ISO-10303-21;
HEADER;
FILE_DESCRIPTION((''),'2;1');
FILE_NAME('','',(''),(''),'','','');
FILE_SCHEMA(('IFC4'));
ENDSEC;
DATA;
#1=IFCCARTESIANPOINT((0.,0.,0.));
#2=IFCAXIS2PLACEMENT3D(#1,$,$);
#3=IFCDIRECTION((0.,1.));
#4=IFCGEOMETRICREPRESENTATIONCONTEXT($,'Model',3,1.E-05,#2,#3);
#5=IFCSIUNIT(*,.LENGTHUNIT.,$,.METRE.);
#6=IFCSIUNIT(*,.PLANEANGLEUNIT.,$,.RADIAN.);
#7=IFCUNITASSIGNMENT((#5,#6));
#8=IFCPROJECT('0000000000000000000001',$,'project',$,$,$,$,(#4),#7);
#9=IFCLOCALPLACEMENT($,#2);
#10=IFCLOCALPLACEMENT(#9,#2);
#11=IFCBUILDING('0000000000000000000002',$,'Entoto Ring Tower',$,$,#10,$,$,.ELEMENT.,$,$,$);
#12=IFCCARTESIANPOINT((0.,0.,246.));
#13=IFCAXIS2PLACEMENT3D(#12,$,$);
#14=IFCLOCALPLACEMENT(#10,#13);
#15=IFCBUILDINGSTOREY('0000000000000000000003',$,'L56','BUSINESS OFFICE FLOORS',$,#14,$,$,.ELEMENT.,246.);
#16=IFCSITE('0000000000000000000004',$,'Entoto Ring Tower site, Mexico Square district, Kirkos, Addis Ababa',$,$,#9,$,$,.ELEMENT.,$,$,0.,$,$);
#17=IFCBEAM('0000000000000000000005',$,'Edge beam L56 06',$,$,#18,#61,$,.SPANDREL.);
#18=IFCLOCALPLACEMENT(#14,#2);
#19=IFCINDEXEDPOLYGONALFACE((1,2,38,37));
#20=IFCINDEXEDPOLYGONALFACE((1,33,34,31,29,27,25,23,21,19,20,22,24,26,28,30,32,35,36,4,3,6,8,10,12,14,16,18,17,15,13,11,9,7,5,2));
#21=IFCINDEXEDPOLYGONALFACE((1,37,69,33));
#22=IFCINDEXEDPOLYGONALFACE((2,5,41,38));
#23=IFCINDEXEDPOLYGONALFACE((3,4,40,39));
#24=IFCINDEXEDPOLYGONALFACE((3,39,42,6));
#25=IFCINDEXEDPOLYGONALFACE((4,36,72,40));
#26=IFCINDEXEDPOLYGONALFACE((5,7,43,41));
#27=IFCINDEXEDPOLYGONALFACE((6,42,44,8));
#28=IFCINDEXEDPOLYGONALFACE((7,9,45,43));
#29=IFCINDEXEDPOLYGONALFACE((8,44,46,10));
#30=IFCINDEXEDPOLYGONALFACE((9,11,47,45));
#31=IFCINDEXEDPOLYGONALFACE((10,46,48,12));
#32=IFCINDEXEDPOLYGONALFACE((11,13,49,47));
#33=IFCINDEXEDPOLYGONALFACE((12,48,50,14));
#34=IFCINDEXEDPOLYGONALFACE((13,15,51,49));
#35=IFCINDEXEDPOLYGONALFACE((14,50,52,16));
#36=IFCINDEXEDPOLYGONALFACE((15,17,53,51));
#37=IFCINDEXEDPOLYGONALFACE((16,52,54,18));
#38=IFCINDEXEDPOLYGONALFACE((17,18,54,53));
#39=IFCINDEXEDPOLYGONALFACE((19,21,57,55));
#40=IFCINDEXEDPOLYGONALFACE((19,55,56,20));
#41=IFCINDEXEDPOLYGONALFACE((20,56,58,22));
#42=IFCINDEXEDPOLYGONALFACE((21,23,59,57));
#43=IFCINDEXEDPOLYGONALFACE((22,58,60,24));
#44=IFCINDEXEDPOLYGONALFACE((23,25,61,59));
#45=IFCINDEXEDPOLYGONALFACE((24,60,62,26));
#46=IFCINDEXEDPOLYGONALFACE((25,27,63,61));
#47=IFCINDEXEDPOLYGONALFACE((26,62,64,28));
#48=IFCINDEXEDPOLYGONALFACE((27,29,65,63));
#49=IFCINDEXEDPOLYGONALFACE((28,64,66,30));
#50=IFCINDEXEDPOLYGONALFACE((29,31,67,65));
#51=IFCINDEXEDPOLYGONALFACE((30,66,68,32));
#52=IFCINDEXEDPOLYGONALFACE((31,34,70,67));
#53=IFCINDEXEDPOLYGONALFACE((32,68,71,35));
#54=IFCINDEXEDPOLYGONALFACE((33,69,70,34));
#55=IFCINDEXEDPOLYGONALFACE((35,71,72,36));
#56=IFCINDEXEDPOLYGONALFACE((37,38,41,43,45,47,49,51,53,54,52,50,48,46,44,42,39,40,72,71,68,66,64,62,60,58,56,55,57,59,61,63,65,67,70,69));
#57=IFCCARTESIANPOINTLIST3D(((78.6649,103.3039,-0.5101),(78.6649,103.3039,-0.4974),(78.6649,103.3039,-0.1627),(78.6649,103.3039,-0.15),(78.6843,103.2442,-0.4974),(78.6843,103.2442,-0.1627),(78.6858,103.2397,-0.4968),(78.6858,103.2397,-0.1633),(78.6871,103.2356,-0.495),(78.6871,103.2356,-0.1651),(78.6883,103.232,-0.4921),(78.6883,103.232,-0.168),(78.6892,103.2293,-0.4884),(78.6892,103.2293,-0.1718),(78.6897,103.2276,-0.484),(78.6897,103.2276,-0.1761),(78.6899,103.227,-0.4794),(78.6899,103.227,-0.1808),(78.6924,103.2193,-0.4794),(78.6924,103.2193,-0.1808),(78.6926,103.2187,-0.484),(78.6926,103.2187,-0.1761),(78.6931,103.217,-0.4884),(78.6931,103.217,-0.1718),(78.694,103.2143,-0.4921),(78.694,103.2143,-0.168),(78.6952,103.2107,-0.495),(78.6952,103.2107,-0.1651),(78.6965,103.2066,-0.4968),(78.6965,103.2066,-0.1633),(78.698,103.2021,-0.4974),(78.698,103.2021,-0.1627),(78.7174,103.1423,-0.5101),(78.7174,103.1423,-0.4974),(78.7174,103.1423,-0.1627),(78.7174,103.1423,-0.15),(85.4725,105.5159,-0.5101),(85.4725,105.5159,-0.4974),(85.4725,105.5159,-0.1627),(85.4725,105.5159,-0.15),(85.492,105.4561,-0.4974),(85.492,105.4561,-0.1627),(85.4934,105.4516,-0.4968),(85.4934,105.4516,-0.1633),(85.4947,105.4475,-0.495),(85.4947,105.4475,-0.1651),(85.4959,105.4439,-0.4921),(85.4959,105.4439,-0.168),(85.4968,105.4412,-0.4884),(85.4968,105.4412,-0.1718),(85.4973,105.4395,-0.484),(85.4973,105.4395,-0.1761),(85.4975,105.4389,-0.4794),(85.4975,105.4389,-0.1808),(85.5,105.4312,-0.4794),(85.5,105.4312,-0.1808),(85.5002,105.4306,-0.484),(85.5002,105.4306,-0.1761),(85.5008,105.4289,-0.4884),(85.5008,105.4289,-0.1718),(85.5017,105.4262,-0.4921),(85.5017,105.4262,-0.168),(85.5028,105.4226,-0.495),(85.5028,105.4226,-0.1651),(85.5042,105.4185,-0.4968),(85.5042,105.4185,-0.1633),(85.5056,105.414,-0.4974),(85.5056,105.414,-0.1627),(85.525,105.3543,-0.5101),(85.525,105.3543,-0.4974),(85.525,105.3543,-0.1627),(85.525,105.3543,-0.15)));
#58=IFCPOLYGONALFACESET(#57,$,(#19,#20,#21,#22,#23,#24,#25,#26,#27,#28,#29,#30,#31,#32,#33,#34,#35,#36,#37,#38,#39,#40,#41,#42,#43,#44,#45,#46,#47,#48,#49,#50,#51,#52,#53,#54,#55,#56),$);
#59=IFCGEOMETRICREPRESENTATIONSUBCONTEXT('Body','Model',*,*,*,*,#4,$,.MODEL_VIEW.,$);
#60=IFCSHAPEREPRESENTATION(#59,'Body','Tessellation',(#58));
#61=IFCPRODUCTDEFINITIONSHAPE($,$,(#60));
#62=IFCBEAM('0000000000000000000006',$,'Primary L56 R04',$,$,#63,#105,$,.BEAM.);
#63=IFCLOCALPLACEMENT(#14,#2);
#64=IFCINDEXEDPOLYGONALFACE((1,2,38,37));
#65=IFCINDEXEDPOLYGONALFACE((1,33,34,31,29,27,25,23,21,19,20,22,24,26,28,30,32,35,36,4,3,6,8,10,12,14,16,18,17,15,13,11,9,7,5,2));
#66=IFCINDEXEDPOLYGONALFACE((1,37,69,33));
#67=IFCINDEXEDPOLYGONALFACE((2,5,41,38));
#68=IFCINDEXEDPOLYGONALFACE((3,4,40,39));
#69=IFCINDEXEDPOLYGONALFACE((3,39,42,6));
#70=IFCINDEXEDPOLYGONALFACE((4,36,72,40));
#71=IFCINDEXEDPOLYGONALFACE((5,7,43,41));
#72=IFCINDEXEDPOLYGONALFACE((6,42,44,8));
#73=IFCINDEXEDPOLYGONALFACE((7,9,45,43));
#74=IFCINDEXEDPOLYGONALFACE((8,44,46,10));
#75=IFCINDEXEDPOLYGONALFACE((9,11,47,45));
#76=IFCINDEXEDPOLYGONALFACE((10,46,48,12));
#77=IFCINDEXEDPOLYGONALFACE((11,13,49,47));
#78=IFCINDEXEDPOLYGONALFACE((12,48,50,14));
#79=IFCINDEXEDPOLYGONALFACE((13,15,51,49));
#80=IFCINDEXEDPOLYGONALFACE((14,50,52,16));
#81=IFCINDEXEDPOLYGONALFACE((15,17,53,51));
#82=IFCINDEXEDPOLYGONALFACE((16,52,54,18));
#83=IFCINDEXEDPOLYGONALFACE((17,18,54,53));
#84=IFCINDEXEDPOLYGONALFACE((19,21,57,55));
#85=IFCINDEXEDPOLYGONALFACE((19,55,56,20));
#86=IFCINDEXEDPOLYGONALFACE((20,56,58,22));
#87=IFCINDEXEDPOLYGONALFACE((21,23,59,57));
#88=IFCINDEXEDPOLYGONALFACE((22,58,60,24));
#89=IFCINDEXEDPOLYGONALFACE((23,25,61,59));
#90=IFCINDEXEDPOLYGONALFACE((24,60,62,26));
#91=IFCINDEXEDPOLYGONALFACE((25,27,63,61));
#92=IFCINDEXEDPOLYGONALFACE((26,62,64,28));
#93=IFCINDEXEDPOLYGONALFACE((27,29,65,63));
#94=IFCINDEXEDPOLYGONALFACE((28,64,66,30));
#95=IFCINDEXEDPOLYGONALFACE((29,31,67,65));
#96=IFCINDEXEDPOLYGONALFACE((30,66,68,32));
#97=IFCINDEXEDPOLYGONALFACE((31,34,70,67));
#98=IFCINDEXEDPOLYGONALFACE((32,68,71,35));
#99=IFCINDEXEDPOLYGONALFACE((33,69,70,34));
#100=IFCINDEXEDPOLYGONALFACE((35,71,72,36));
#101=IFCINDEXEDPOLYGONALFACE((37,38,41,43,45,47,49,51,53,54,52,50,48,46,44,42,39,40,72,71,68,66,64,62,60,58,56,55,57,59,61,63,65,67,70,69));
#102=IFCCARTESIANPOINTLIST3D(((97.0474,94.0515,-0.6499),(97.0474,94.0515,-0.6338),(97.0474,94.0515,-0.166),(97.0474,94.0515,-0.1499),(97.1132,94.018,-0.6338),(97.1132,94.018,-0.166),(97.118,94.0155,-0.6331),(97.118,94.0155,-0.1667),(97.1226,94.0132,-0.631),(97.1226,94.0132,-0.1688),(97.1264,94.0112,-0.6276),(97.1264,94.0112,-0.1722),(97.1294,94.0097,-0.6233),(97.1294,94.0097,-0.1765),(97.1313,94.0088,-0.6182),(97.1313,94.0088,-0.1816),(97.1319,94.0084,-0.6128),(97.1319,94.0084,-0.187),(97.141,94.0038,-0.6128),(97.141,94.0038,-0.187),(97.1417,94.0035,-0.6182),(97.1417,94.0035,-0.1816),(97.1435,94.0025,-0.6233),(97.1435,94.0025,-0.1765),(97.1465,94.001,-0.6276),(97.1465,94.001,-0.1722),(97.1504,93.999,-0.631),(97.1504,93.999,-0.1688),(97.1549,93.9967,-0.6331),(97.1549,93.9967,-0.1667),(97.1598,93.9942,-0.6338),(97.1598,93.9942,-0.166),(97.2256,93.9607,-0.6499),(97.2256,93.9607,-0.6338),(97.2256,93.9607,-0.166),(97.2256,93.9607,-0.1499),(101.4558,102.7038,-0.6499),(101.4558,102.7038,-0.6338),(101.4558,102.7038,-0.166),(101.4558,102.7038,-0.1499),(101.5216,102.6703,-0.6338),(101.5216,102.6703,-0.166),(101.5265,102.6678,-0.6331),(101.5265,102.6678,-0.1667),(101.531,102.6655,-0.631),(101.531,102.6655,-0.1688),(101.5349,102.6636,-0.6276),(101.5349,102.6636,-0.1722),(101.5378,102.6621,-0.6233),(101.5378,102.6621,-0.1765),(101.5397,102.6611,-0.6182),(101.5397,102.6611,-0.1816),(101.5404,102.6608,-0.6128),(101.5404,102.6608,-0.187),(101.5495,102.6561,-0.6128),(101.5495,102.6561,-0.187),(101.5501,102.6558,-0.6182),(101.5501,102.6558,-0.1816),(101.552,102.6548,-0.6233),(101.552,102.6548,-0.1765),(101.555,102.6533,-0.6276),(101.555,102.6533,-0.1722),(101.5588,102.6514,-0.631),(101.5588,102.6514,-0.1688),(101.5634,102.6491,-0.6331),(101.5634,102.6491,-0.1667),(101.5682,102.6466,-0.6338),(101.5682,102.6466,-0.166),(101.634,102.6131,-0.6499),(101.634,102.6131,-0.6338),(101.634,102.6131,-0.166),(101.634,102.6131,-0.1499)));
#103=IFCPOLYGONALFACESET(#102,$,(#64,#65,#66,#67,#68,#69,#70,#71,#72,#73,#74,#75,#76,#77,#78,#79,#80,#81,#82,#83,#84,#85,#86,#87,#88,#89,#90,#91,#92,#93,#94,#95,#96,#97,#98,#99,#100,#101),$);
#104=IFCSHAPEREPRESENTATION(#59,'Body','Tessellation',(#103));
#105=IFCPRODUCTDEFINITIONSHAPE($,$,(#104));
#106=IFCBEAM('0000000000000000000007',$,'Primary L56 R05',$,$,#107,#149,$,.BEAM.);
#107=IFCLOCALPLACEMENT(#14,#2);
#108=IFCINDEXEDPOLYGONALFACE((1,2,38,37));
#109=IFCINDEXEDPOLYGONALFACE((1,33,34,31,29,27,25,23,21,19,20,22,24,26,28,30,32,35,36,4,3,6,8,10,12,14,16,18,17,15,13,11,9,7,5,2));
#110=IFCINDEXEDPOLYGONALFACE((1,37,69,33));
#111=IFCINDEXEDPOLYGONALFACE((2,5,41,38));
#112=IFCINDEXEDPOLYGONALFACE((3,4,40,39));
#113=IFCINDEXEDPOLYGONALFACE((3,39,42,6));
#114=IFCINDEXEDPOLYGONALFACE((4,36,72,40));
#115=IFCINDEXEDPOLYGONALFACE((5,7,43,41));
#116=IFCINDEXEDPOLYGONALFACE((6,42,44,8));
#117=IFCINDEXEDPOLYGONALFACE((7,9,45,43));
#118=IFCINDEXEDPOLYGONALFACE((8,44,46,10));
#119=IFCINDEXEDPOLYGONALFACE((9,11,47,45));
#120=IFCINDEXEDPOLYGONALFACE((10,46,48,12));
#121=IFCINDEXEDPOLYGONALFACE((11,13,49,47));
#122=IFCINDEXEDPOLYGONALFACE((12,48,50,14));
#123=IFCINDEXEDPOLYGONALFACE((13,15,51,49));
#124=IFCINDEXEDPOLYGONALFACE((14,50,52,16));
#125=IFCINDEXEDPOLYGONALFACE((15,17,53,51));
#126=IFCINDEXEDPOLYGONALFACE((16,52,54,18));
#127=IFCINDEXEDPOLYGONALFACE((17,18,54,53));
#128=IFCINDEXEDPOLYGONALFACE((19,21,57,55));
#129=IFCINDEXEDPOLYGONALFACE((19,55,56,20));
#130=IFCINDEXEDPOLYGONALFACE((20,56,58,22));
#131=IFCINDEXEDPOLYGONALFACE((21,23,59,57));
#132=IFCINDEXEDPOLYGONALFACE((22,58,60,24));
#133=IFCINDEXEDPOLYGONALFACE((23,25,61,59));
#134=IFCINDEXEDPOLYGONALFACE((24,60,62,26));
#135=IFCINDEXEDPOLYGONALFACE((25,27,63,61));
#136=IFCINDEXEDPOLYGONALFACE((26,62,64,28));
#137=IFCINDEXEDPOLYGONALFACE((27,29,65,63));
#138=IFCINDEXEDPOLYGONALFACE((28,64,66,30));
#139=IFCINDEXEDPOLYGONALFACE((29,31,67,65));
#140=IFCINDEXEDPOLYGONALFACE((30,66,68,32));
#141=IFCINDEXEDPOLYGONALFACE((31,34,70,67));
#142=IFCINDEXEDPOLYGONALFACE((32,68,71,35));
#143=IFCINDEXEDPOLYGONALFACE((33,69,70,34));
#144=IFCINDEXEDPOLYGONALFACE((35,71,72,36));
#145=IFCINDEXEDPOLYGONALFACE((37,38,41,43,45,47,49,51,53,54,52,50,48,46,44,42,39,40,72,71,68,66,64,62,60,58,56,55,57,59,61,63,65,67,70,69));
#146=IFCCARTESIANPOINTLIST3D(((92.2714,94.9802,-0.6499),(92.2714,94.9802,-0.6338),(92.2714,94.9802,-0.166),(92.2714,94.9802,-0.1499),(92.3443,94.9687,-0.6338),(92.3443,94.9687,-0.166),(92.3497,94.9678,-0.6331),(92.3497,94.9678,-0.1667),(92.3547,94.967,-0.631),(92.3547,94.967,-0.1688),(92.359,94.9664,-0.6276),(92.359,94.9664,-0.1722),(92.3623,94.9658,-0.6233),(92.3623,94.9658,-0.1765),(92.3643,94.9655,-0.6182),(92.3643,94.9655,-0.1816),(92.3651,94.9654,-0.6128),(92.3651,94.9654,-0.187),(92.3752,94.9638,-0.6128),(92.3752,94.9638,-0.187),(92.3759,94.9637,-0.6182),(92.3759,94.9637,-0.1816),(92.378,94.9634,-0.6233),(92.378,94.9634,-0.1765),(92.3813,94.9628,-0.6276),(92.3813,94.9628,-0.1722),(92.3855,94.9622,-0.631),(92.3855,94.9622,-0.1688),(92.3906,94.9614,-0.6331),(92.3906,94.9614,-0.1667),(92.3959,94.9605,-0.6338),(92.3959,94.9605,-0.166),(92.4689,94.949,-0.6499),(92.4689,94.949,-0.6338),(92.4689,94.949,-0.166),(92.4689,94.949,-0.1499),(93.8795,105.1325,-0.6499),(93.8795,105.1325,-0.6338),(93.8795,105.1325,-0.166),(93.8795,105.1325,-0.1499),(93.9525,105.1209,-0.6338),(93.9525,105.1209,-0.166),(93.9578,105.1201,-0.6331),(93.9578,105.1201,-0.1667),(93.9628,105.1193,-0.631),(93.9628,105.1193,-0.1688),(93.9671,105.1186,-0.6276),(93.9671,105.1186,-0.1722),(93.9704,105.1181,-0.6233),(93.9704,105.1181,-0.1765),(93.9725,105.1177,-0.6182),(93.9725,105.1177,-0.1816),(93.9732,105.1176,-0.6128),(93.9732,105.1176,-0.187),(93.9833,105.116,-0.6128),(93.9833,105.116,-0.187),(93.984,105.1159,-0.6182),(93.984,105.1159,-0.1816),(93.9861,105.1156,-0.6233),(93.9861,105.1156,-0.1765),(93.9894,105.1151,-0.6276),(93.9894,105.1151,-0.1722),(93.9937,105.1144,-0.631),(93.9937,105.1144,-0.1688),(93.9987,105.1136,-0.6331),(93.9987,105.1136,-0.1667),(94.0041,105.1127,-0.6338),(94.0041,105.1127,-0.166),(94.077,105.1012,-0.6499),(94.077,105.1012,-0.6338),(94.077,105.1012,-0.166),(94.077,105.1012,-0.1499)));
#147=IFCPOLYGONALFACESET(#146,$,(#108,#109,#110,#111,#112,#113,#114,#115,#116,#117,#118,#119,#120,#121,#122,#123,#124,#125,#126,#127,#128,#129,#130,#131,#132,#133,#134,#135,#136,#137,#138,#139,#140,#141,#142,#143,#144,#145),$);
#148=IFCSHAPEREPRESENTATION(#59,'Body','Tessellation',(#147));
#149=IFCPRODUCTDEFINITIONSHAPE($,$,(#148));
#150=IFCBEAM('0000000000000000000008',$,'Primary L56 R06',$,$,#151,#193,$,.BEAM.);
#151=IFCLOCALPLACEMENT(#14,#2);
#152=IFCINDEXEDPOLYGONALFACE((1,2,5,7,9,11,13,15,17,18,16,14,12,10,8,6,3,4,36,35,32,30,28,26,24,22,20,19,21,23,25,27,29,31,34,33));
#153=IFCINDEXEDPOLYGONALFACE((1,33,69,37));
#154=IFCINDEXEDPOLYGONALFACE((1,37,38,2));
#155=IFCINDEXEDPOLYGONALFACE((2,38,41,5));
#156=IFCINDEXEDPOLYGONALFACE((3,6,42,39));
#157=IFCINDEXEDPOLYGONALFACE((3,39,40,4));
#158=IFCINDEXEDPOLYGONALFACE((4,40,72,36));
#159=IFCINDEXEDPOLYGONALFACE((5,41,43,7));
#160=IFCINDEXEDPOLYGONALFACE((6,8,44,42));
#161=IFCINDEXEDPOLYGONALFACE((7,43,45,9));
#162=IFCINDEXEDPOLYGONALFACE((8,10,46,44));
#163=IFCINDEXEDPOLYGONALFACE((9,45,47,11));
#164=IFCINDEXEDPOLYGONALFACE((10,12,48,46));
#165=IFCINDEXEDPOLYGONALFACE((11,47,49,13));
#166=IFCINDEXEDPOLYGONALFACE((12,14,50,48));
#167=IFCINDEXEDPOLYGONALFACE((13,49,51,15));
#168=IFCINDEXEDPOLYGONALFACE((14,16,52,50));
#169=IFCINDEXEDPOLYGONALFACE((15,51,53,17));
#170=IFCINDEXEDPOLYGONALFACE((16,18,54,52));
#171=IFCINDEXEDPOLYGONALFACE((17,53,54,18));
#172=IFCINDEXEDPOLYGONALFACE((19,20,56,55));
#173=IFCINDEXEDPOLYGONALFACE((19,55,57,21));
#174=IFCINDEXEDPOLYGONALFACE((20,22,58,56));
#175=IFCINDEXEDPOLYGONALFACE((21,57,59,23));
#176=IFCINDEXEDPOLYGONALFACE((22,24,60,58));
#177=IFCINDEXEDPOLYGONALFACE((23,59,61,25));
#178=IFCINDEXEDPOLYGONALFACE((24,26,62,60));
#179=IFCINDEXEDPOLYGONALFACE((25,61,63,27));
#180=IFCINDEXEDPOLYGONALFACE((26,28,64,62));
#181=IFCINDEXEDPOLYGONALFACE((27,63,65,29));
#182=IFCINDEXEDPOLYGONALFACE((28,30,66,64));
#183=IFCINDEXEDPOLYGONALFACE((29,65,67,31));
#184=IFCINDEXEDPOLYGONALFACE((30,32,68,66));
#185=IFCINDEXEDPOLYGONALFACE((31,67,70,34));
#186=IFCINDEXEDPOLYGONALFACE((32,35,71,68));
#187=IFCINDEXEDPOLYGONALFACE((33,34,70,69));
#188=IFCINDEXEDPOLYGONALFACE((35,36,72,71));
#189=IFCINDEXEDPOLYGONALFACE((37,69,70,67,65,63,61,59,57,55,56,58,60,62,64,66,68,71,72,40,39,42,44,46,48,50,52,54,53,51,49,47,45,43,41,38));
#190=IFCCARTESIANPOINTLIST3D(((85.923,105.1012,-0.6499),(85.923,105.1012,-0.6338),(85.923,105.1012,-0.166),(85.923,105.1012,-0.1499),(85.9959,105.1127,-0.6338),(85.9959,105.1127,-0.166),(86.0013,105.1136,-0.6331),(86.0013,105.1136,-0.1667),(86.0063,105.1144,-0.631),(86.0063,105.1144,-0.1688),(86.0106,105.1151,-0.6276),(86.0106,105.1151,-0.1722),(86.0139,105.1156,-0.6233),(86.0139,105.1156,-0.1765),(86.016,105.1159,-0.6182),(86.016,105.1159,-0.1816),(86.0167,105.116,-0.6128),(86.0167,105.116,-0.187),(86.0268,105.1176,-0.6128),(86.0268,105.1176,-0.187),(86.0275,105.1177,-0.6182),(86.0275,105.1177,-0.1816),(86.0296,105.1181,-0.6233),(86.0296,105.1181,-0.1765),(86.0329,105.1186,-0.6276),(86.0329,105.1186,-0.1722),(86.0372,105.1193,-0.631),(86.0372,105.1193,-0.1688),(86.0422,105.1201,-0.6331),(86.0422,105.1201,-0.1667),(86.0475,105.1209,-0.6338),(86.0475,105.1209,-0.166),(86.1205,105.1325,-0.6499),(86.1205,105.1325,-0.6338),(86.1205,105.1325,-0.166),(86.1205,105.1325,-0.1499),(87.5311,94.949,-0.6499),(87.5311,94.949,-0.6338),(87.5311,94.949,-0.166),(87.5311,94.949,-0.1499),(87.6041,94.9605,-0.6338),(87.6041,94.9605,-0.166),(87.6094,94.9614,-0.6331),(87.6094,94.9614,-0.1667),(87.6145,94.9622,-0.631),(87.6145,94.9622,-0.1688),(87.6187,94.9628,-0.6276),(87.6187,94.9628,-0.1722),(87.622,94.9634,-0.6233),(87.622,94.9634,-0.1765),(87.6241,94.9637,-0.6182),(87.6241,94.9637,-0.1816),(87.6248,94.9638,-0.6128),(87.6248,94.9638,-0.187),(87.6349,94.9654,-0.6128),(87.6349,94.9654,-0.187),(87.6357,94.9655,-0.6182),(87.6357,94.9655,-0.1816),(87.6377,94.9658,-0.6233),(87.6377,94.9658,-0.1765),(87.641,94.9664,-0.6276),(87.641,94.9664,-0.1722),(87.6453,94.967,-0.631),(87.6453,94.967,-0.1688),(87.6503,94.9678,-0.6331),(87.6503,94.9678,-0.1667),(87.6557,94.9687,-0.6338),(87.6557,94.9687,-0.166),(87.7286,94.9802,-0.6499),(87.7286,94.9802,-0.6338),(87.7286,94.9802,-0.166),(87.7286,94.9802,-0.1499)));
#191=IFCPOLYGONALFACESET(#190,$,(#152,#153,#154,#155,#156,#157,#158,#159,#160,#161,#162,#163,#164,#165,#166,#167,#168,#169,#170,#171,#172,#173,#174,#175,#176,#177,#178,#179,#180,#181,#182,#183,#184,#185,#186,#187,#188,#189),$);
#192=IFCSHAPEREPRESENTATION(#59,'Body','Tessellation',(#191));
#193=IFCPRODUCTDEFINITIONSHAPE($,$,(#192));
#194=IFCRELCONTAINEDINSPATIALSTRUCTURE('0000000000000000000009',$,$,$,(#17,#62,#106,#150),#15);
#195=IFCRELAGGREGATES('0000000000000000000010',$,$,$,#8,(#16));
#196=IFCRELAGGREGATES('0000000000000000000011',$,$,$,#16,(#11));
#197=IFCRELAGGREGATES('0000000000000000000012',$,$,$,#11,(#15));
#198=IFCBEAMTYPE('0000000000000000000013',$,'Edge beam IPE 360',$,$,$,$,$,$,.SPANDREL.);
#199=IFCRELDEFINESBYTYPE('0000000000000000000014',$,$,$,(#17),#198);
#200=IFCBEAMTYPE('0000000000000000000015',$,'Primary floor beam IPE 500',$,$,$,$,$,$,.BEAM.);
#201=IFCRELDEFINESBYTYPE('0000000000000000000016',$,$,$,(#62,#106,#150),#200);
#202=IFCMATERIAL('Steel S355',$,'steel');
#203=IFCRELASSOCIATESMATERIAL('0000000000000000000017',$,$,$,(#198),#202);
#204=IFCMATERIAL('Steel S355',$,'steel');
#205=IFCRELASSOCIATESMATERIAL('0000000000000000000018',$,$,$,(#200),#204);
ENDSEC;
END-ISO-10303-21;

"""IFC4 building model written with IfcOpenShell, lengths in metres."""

from ifc_helpers import new_model, si_unit, direction, frame, origin, origin_2d, place, context, subcontext, project, spatial, i_section, extrude, material, material_profile, profile_set, type_object, element, save


model = new_model("IFC4")

# Units and contexts
model_context = context("Model", 3, precision=1e-05, world=origin(), true_north=direction((0.0, 1.0)))
body_context = subcontext(model_context, "Body", "Model", "MODEL_VIEW")
ifc_project = project(units=[si_unit("LENGTHUNIT", "METRE"), si_unit("PLANEANGLEUNIT", "RADIAN")], contexts=[model_context])

# Site, building, storey
site_placement = place(None, origin())
site = spatial("IfcSite", under=ifc_project, at=site_placement, Name="Entoto Ring Tower site, Mexico Square district, Kirkos, Addis Ababa", CompositionType="ELEMENT", RefElevation=0.0)
building_placement = place(site_placement, origin())
building = spatial("IfcBuilding", under=site, at=building_placement, Name="Entoto Ring Tower", CompositionType="ELEMENT")
storey_placement = place(building_placement, frame((0.0, 0.0, 246.0)))
storey = spatial("IfcBuildingStorey", under=building, at=storey_placement, Name="L56", Description="BUSINESS OFFICE FLOORS", CompositionType="ELEMENT", Elevation=246.0)

# Beams
ifc_material_1 = material(Name="Steel S355", Category="steel")
ifc_material_profile_1 = material_profile(ifc_material_1, i_section(OverallWidth=0.1699, OverallDepth=0.3601, WebThickness=0.0081, FlangeThickness=0.0127, FilletRadius=0.0181, at=origin_2d()), Name="IPE 360")
ifc_profile_set_1 = profile_set([ifc_material_profile_1], Name="Steel S355")
beam_type_1 = type_object("IfcBeamType", Name="Edge beam IPE 360", PredefinedType="SPANDREL", material=ifc_profile_set_1)
beam_1_placement = place(storey_placement, frame((85.4988, 105.4351, -0.3301), z_axis=(-0.951057, -0.309015, 0.0), x_axis=(0.309015, -0.951057, 0.0)))
element("IfcBeam", 1, at=beam_1_placement, inside=storey, type_object=beam_type_1, Name="Edge beam L56 06", PredefinedType="SPANDREL", context=body_context, shape_type="SweptSolid", body=[
    extrude(i_section(OverallWidth=0.1699, OverallDepth=0.3601, WebThickness=0.0081, FlangeThickness=0.0127, FilletRadius=0.0181, at=origin_2d()), origin(), (0.0, 0.0, 1.0), 7.158),
])
ifc_material_2 = material(Name="Steel S355", Category="steel")
ifc_material_profile_2 = material_profile(ifc_material_2, i_section(OverallWidth=0.2, OverallDepth=0.5, WebThickness=0.0103, FlangeThickness=0.0161, FilletRadius=0.021, at=origin_2d()), Name="IPE 500")
ifc_profile_set_2 = profile_set([ifc_material_profile_2], Name="Steel S355")
beam_type_2 = type_object("IfcBeamType", Name="Primary floor beam IPE 500", PredefinedType="BEAM", material=ifc_profile_set_2)
beam_2_placement = place(storey_placement, frame((97.1365, 94.0061, -0.3999), z_axis=(0.453979, 0.891012, 0.0), x_axis=(-0.891012, 0.453979, 0.0)))
element("IfcBeam", 2, at=beam_2_placement, inside=storey, type_object=beam_type_2, Name="Primary L56 R04", PredefinedType="BEAM", context=body_context, shape_type="SweptSolid", body=[
    extrude(i_section(OverallWidth=0.2, OverallDepth=0.5, WebThickness=0.0103, FlangeThickness=0.0161, FilletRadius=0.021, at=origin_2d()), origin(), (0.0, 0.0, 1.0), 9.7107),
])
for number, where, z_axis, x_axis, name in (
    (3, (92.3701, 94.9646, -0.3999), (0.156452, 0.987686, 0.0), (-0.987686, 0.156452, 0.0), "Primary L56 R05"),
    (4, (87.6299, 94.9646, -0.3999), (-0.156452, 0.987686, 0.0), (-0.987686, -0.156452, 0.0), "Primary L56 R06"),
):
    element("IfcBeam", number, at=place(storey_placement, frame(where, z_axis=z_axis, x_axis=x_axis)), inside=storey, type_object=beam_type_2, Name=name, PredefinedType="BEAM", context=body_context, shape_type="SweptSolid", body=[
        extrude(i_section(OverallWidth=0.2, OverallDepth=0.5, WebThickness=0.0103, FlangeThickness=0.0161, FilletRadius=0.021, at=origin_2d()), origin(), (0.0, 0.0, 1.0), 10.2788),
    ])

save(model, "model.ifc")
